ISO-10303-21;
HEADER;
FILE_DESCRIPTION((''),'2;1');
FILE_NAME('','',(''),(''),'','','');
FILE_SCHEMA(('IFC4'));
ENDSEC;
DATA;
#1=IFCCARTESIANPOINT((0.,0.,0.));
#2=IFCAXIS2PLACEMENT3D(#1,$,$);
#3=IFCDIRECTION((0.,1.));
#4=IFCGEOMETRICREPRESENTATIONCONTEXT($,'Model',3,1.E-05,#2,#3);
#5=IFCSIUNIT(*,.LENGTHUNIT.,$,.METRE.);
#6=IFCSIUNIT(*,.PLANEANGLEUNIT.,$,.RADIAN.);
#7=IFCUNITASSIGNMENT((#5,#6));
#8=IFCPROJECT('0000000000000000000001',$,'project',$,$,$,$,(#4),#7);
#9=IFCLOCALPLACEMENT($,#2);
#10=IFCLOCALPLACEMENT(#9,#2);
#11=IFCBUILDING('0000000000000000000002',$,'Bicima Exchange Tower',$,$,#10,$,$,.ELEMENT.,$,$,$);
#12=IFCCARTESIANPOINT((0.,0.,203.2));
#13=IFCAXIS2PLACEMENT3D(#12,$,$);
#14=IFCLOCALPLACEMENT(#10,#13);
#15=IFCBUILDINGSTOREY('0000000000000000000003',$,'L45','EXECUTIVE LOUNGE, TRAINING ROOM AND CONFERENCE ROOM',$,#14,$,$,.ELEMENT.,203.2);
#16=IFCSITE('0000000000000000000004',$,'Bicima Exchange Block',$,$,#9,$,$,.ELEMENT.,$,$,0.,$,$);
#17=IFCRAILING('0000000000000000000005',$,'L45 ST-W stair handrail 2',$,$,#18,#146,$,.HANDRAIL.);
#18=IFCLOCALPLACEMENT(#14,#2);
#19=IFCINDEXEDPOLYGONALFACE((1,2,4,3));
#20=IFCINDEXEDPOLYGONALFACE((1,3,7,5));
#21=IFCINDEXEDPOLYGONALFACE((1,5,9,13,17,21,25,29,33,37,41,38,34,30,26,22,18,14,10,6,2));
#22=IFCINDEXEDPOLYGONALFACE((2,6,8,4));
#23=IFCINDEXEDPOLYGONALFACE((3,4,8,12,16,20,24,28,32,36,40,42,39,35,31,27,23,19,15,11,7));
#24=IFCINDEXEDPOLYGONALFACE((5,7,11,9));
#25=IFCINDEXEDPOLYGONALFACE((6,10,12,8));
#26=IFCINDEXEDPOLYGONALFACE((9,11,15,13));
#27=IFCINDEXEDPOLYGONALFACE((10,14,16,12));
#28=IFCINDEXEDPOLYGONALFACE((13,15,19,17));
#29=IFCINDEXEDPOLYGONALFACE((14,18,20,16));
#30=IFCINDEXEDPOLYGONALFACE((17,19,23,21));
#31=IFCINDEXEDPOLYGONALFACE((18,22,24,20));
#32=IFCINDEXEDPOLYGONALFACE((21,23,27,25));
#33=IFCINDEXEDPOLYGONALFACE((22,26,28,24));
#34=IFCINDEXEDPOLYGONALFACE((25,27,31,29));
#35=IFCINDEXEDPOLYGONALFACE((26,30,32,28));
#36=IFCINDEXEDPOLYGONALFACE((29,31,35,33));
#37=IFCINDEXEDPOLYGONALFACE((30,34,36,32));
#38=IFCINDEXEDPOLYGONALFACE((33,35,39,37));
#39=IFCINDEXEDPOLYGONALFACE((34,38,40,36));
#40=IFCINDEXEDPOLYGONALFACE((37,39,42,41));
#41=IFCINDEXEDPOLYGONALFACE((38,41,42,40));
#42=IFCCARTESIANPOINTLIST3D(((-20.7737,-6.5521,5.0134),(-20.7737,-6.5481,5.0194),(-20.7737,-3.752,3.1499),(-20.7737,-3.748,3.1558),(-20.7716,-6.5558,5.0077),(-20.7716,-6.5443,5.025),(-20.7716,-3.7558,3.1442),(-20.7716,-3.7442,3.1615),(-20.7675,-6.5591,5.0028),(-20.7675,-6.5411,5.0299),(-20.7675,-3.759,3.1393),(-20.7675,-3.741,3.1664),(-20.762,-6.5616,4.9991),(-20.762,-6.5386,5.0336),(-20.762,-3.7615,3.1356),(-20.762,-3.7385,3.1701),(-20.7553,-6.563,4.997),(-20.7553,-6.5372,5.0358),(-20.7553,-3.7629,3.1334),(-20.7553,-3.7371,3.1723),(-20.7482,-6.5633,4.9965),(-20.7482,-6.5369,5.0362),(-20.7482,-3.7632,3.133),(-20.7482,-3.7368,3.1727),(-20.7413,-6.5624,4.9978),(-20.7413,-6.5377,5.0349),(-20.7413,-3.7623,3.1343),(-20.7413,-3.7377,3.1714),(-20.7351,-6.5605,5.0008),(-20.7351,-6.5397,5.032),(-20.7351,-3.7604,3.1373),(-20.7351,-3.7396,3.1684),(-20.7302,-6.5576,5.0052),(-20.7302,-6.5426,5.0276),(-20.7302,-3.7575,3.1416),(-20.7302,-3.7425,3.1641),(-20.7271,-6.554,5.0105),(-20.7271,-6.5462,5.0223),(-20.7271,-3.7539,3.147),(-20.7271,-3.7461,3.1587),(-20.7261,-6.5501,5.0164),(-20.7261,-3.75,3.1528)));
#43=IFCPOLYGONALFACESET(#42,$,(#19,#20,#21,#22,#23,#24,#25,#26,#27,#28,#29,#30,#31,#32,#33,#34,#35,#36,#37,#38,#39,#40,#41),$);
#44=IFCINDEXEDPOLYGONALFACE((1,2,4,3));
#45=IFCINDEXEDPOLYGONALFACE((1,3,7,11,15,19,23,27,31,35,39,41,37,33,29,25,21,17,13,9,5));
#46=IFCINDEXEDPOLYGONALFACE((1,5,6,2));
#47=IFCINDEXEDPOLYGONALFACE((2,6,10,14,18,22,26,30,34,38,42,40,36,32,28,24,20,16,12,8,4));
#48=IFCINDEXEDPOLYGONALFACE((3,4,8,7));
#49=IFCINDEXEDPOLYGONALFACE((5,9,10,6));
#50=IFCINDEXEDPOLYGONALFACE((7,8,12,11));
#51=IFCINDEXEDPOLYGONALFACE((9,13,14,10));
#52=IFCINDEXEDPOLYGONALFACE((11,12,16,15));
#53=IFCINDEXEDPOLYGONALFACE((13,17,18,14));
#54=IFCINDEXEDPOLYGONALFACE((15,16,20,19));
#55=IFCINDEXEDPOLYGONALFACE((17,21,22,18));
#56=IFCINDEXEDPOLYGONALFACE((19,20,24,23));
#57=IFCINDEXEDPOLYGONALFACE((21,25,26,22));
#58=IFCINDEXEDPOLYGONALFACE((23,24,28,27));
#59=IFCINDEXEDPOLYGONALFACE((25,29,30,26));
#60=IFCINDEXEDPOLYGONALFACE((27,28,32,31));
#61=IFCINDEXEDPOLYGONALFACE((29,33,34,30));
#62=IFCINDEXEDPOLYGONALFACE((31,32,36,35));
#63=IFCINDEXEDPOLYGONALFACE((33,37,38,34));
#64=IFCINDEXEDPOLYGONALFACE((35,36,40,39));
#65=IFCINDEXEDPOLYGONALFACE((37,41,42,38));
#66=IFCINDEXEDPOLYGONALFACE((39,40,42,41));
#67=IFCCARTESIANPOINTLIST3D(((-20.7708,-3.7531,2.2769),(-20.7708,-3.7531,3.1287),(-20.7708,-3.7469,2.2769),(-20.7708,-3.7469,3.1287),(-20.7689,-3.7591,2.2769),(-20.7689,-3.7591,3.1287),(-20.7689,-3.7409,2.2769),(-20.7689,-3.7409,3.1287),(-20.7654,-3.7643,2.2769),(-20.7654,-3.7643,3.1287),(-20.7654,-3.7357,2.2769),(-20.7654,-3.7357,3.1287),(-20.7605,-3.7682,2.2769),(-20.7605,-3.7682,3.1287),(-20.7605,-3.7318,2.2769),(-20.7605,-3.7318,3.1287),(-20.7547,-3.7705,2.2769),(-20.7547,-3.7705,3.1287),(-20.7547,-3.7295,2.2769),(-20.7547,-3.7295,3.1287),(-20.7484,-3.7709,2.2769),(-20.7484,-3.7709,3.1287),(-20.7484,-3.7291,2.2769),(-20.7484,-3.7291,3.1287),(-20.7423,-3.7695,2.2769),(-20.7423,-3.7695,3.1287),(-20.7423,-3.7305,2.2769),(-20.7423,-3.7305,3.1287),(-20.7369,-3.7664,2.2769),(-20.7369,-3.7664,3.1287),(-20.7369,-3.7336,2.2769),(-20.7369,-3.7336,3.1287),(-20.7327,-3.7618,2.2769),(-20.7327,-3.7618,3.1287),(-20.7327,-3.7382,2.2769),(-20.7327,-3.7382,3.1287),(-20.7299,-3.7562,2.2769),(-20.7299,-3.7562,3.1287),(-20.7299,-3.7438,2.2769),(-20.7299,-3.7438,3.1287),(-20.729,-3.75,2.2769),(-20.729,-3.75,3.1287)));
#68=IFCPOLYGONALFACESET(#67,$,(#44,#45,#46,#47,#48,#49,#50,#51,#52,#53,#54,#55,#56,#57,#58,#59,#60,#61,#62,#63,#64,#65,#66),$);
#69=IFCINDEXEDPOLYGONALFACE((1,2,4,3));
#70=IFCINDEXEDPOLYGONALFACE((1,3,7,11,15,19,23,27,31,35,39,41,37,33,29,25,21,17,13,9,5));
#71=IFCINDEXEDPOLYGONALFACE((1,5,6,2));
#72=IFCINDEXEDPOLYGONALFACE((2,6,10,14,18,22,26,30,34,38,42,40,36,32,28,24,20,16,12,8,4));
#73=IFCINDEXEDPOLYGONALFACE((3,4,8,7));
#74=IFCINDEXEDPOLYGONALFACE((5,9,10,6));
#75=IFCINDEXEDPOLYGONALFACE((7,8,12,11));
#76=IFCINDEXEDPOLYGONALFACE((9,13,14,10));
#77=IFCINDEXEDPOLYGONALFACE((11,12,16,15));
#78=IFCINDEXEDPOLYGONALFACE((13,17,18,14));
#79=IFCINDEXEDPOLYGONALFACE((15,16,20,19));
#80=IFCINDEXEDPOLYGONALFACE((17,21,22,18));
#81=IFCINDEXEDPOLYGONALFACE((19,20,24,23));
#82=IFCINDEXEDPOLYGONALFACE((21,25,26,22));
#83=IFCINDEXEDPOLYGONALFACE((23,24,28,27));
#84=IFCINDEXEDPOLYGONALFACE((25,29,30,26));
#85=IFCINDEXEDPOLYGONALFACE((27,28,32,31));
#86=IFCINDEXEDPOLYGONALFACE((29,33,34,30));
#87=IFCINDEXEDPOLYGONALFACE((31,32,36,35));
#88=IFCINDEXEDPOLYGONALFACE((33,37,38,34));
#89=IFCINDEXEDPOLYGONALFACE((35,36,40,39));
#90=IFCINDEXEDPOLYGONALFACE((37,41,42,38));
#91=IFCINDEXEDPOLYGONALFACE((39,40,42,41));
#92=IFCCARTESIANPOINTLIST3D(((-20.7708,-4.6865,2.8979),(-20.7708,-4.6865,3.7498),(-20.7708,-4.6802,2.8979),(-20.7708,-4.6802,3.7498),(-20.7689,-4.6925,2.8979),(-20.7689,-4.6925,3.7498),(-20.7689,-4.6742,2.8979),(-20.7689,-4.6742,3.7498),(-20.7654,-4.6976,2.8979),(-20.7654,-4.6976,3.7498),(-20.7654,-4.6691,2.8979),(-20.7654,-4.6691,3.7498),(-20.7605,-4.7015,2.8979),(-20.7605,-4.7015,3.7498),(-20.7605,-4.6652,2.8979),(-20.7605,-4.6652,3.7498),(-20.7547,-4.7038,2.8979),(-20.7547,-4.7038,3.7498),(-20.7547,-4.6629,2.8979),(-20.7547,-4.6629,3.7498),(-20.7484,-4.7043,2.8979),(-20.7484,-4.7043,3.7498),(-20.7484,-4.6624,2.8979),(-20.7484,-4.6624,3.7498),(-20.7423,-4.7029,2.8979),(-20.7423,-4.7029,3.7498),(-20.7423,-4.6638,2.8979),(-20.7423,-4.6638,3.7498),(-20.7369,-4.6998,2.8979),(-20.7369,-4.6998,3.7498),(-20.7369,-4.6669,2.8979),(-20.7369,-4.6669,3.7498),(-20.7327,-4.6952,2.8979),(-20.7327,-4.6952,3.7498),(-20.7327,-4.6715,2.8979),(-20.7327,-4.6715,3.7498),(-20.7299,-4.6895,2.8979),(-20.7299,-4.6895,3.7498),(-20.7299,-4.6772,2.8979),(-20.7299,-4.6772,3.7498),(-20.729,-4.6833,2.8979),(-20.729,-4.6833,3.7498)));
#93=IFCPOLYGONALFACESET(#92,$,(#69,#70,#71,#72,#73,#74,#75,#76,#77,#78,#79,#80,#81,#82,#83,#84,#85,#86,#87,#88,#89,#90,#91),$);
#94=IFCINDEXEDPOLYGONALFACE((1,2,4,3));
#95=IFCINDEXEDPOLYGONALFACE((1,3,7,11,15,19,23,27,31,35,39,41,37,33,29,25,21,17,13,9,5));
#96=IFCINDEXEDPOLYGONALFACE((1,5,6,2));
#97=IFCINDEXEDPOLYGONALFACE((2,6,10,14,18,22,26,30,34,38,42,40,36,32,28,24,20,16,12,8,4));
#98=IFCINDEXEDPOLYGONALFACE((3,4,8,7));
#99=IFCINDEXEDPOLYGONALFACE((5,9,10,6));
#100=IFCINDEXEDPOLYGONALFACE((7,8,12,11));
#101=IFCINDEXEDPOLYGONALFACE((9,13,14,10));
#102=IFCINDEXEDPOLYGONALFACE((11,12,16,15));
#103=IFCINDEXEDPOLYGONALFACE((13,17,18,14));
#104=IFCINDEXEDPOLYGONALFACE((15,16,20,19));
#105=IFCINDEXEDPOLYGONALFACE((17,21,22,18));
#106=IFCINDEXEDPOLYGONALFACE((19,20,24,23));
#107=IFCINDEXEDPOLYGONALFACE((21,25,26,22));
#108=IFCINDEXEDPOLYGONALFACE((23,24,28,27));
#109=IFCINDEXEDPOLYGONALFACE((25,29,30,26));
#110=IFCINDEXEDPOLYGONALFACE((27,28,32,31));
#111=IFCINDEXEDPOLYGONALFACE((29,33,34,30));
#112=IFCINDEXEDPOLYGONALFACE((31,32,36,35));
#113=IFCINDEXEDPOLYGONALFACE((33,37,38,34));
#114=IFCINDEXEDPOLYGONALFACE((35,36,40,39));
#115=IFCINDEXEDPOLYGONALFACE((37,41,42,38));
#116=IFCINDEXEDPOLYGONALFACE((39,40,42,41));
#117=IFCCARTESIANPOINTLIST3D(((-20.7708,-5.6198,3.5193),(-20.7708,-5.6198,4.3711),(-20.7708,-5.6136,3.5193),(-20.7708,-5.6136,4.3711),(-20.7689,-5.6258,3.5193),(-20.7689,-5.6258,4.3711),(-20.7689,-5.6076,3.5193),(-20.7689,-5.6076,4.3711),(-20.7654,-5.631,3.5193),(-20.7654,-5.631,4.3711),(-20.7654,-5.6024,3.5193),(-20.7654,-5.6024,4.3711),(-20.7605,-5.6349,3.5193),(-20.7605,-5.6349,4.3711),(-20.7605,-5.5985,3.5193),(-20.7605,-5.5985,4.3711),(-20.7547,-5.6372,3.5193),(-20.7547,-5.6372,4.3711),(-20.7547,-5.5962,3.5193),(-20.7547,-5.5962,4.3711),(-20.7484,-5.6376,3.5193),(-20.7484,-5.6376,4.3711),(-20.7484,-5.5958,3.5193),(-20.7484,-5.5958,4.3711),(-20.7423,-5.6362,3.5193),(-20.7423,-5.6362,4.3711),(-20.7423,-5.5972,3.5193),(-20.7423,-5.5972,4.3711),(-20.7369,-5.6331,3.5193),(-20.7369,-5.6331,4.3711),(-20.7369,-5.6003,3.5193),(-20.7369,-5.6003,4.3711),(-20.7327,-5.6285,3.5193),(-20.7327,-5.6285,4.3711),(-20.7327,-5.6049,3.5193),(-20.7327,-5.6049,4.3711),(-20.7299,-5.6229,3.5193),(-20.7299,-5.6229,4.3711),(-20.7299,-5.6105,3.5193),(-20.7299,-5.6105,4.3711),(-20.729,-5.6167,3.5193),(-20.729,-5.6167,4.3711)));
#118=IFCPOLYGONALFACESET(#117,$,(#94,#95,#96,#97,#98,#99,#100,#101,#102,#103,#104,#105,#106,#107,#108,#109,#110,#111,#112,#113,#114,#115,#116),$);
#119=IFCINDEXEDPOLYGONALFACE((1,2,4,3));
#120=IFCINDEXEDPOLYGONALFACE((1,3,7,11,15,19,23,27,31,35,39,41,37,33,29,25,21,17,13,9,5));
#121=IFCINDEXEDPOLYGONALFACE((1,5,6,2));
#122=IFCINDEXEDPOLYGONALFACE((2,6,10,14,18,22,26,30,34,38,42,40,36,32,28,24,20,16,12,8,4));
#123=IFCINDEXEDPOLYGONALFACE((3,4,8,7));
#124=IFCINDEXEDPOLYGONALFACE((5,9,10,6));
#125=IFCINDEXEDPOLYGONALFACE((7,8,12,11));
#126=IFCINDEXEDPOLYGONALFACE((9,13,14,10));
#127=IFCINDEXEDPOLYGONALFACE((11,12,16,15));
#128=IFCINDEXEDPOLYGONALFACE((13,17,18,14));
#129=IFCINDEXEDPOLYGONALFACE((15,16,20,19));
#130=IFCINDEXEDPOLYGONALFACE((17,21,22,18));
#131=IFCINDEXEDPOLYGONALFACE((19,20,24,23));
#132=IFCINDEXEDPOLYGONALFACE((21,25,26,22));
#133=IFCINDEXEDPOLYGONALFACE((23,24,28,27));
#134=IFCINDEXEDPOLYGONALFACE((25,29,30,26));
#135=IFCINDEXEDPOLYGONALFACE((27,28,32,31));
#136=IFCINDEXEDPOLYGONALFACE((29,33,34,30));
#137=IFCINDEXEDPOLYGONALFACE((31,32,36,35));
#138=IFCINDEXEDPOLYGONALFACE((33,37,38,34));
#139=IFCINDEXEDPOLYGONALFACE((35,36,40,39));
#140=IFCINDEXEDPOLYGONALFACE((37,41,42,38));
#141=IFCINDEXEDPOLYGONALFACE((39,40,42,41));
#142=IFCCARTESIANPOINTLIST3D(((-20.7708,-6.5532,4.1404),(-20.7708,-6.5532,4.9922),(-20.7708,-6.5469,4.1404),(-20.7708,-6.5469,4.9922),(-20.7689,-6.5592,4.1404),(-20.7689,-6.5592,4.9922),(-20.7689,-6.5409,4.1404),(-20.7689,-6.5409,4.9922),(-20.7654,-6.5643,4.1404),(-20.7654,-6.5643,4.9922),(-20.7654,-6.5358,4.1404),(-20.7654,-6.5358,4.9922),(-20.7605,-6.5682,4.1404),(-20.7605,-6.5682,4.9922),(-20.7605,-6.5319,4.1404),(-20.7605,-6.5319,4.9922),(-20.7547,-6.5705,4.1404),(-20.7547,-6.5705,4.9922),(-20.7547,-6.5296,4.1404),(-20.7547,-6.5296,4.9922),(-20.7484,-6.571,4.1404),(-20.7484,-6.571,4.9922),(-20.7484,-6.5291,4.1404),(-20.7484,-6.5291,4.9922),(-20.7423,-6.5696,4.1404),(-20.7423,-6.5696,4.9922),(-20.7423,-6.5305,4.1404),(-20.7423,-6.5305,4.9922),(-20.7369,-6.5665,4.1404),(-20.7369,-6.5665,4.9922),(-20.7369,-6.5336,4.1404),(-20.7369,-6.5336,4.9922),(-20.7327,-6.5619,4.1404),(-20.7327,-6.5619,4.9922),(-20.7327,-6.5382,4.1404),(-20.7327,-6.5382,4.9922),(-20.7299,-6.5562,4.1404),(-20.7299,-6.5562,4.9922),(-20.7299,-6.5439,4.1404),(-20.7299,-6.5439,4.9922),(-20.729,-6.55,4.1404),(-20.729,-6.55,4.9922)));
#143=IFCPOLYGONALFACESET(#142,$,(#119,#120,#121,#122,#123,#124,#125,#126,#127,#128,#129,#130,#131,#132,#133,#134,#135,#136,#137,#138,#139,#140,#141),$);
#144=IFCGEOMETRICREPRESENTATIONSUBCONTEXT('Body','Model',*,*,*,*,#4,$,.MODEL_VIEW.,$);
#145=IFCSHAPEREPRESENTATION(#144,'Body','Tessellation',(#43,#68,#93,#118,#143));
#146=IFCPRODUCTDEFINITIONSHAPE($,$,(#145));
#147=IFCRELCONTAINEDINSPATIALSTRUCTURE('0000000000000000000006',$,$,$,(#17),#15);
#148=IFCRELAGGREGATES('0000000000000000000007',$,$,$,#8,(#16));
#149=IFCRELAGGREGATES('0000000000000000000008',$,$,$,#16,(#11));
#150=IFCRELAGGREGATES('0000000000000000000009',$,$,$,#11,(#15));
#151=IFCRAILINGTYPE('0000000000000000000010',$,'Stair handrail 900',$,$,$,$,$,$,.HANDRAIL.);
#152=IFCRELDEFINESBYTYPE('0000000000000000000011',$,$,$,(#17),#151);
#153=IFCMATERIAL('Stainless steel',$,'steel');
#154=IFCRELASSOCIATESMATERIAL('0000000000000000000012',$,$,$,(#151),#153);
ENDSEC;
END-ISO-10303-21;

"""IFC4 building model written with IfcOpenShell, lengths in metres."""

from ifc_helpers import new_model, si_unit, direction, frame, origin, origin_2d, place, context, subcontext, project, spatial, circle, extrude, material, type_object, element, save


model = new_model("IFC4")

# Units and contexts
model_context = context("Model", 3, precision=1e-05, world=origin(), true_north=direction((0.0, 1.0)))
body_context = subcontext(model_context, "Body", "Model", "MODEL_VIEW")
ifc_project = project(units=[si_unit("LENGTHUNIT", "METRE"), si_unit("PLANEANGLEUNIT", "RADIAN")], contexts=[model_context])

# Site, building, storey
site_placement = place(None, origin())
site = spatial("IfcSite", under=ifc_project, at=site_placement, Name="Bicima Exchange Block", CompositionType="ELEMENT", RefElevation=0.0)
building_placement = place(site_placement, origin())
building = spatial("IfcBuilding", under=site, at=building_placement, Name="Bicima Exchange Tower", CompositionType="ELEMENT")
storey_placement = place(building_placement, frame((0.0, 0.0, 203.2)))
storey = spatial("IfcBuildingStorey", under=building, at=storey_placement, Name="L45", Description="EXECUTIVE LOUNGE, TRAINING ROOM AND CONFERENCE ROOM", CompositionType="ELEMENT", Elevation=203.2)

# Railing
ifc_material_1 = material(Name="Stainless steel", Category="steel")
railing_type_1 = type_object("IfcRailingType", Name="Stair handrail 900", PredefinedType="HANDRAIL", material=ifc_material_1)
railing_1_placement = place(storey_placement, frame((-20.75, -3.75, 2.2769)))
element("IfcRailing", 1, at=railing_1_placement, inside=storey, type_object=railing_type_1, Name="L45 ST-W stair handrail 2", PredefinedType="HANDRAIL", context=body_context, shape_type="SweptSolid", body=[
    extrude(circle(Radius=0.0239, at=origin_2d()), frame((0.0, 0.0, 0.876), z_axis=(0.0, -0.832486, 0.554047), x_axis=(1.0, 0.0, 0.0)), (0.0, 0.0, 1.0), 3.3635),
    extrude(circle(Radius=0.021, at=origin_2d()), origin(), (0.0, 0.0, 1.0), 0.8518),
    extrude(circle(Radius=0.021, at=origin_2d()), frame((0.0, -0.9333, 0.6211)), (0.0, 0.0, 1.0), 0.8518),
    extrude(circle(Radius=0.021, at=origin_2d()), frame((0.0, -1.8667, 1.2424)), (0.0, 0.0, 1.0), 0.8518),
    extrude(circle(Radius=0.021, at=origin_2d()), frame((0.0, -2.8, 1.8635)), (0.0, 0.0, 1.0), 0.8518),
])

save(model, "model.ifc")
